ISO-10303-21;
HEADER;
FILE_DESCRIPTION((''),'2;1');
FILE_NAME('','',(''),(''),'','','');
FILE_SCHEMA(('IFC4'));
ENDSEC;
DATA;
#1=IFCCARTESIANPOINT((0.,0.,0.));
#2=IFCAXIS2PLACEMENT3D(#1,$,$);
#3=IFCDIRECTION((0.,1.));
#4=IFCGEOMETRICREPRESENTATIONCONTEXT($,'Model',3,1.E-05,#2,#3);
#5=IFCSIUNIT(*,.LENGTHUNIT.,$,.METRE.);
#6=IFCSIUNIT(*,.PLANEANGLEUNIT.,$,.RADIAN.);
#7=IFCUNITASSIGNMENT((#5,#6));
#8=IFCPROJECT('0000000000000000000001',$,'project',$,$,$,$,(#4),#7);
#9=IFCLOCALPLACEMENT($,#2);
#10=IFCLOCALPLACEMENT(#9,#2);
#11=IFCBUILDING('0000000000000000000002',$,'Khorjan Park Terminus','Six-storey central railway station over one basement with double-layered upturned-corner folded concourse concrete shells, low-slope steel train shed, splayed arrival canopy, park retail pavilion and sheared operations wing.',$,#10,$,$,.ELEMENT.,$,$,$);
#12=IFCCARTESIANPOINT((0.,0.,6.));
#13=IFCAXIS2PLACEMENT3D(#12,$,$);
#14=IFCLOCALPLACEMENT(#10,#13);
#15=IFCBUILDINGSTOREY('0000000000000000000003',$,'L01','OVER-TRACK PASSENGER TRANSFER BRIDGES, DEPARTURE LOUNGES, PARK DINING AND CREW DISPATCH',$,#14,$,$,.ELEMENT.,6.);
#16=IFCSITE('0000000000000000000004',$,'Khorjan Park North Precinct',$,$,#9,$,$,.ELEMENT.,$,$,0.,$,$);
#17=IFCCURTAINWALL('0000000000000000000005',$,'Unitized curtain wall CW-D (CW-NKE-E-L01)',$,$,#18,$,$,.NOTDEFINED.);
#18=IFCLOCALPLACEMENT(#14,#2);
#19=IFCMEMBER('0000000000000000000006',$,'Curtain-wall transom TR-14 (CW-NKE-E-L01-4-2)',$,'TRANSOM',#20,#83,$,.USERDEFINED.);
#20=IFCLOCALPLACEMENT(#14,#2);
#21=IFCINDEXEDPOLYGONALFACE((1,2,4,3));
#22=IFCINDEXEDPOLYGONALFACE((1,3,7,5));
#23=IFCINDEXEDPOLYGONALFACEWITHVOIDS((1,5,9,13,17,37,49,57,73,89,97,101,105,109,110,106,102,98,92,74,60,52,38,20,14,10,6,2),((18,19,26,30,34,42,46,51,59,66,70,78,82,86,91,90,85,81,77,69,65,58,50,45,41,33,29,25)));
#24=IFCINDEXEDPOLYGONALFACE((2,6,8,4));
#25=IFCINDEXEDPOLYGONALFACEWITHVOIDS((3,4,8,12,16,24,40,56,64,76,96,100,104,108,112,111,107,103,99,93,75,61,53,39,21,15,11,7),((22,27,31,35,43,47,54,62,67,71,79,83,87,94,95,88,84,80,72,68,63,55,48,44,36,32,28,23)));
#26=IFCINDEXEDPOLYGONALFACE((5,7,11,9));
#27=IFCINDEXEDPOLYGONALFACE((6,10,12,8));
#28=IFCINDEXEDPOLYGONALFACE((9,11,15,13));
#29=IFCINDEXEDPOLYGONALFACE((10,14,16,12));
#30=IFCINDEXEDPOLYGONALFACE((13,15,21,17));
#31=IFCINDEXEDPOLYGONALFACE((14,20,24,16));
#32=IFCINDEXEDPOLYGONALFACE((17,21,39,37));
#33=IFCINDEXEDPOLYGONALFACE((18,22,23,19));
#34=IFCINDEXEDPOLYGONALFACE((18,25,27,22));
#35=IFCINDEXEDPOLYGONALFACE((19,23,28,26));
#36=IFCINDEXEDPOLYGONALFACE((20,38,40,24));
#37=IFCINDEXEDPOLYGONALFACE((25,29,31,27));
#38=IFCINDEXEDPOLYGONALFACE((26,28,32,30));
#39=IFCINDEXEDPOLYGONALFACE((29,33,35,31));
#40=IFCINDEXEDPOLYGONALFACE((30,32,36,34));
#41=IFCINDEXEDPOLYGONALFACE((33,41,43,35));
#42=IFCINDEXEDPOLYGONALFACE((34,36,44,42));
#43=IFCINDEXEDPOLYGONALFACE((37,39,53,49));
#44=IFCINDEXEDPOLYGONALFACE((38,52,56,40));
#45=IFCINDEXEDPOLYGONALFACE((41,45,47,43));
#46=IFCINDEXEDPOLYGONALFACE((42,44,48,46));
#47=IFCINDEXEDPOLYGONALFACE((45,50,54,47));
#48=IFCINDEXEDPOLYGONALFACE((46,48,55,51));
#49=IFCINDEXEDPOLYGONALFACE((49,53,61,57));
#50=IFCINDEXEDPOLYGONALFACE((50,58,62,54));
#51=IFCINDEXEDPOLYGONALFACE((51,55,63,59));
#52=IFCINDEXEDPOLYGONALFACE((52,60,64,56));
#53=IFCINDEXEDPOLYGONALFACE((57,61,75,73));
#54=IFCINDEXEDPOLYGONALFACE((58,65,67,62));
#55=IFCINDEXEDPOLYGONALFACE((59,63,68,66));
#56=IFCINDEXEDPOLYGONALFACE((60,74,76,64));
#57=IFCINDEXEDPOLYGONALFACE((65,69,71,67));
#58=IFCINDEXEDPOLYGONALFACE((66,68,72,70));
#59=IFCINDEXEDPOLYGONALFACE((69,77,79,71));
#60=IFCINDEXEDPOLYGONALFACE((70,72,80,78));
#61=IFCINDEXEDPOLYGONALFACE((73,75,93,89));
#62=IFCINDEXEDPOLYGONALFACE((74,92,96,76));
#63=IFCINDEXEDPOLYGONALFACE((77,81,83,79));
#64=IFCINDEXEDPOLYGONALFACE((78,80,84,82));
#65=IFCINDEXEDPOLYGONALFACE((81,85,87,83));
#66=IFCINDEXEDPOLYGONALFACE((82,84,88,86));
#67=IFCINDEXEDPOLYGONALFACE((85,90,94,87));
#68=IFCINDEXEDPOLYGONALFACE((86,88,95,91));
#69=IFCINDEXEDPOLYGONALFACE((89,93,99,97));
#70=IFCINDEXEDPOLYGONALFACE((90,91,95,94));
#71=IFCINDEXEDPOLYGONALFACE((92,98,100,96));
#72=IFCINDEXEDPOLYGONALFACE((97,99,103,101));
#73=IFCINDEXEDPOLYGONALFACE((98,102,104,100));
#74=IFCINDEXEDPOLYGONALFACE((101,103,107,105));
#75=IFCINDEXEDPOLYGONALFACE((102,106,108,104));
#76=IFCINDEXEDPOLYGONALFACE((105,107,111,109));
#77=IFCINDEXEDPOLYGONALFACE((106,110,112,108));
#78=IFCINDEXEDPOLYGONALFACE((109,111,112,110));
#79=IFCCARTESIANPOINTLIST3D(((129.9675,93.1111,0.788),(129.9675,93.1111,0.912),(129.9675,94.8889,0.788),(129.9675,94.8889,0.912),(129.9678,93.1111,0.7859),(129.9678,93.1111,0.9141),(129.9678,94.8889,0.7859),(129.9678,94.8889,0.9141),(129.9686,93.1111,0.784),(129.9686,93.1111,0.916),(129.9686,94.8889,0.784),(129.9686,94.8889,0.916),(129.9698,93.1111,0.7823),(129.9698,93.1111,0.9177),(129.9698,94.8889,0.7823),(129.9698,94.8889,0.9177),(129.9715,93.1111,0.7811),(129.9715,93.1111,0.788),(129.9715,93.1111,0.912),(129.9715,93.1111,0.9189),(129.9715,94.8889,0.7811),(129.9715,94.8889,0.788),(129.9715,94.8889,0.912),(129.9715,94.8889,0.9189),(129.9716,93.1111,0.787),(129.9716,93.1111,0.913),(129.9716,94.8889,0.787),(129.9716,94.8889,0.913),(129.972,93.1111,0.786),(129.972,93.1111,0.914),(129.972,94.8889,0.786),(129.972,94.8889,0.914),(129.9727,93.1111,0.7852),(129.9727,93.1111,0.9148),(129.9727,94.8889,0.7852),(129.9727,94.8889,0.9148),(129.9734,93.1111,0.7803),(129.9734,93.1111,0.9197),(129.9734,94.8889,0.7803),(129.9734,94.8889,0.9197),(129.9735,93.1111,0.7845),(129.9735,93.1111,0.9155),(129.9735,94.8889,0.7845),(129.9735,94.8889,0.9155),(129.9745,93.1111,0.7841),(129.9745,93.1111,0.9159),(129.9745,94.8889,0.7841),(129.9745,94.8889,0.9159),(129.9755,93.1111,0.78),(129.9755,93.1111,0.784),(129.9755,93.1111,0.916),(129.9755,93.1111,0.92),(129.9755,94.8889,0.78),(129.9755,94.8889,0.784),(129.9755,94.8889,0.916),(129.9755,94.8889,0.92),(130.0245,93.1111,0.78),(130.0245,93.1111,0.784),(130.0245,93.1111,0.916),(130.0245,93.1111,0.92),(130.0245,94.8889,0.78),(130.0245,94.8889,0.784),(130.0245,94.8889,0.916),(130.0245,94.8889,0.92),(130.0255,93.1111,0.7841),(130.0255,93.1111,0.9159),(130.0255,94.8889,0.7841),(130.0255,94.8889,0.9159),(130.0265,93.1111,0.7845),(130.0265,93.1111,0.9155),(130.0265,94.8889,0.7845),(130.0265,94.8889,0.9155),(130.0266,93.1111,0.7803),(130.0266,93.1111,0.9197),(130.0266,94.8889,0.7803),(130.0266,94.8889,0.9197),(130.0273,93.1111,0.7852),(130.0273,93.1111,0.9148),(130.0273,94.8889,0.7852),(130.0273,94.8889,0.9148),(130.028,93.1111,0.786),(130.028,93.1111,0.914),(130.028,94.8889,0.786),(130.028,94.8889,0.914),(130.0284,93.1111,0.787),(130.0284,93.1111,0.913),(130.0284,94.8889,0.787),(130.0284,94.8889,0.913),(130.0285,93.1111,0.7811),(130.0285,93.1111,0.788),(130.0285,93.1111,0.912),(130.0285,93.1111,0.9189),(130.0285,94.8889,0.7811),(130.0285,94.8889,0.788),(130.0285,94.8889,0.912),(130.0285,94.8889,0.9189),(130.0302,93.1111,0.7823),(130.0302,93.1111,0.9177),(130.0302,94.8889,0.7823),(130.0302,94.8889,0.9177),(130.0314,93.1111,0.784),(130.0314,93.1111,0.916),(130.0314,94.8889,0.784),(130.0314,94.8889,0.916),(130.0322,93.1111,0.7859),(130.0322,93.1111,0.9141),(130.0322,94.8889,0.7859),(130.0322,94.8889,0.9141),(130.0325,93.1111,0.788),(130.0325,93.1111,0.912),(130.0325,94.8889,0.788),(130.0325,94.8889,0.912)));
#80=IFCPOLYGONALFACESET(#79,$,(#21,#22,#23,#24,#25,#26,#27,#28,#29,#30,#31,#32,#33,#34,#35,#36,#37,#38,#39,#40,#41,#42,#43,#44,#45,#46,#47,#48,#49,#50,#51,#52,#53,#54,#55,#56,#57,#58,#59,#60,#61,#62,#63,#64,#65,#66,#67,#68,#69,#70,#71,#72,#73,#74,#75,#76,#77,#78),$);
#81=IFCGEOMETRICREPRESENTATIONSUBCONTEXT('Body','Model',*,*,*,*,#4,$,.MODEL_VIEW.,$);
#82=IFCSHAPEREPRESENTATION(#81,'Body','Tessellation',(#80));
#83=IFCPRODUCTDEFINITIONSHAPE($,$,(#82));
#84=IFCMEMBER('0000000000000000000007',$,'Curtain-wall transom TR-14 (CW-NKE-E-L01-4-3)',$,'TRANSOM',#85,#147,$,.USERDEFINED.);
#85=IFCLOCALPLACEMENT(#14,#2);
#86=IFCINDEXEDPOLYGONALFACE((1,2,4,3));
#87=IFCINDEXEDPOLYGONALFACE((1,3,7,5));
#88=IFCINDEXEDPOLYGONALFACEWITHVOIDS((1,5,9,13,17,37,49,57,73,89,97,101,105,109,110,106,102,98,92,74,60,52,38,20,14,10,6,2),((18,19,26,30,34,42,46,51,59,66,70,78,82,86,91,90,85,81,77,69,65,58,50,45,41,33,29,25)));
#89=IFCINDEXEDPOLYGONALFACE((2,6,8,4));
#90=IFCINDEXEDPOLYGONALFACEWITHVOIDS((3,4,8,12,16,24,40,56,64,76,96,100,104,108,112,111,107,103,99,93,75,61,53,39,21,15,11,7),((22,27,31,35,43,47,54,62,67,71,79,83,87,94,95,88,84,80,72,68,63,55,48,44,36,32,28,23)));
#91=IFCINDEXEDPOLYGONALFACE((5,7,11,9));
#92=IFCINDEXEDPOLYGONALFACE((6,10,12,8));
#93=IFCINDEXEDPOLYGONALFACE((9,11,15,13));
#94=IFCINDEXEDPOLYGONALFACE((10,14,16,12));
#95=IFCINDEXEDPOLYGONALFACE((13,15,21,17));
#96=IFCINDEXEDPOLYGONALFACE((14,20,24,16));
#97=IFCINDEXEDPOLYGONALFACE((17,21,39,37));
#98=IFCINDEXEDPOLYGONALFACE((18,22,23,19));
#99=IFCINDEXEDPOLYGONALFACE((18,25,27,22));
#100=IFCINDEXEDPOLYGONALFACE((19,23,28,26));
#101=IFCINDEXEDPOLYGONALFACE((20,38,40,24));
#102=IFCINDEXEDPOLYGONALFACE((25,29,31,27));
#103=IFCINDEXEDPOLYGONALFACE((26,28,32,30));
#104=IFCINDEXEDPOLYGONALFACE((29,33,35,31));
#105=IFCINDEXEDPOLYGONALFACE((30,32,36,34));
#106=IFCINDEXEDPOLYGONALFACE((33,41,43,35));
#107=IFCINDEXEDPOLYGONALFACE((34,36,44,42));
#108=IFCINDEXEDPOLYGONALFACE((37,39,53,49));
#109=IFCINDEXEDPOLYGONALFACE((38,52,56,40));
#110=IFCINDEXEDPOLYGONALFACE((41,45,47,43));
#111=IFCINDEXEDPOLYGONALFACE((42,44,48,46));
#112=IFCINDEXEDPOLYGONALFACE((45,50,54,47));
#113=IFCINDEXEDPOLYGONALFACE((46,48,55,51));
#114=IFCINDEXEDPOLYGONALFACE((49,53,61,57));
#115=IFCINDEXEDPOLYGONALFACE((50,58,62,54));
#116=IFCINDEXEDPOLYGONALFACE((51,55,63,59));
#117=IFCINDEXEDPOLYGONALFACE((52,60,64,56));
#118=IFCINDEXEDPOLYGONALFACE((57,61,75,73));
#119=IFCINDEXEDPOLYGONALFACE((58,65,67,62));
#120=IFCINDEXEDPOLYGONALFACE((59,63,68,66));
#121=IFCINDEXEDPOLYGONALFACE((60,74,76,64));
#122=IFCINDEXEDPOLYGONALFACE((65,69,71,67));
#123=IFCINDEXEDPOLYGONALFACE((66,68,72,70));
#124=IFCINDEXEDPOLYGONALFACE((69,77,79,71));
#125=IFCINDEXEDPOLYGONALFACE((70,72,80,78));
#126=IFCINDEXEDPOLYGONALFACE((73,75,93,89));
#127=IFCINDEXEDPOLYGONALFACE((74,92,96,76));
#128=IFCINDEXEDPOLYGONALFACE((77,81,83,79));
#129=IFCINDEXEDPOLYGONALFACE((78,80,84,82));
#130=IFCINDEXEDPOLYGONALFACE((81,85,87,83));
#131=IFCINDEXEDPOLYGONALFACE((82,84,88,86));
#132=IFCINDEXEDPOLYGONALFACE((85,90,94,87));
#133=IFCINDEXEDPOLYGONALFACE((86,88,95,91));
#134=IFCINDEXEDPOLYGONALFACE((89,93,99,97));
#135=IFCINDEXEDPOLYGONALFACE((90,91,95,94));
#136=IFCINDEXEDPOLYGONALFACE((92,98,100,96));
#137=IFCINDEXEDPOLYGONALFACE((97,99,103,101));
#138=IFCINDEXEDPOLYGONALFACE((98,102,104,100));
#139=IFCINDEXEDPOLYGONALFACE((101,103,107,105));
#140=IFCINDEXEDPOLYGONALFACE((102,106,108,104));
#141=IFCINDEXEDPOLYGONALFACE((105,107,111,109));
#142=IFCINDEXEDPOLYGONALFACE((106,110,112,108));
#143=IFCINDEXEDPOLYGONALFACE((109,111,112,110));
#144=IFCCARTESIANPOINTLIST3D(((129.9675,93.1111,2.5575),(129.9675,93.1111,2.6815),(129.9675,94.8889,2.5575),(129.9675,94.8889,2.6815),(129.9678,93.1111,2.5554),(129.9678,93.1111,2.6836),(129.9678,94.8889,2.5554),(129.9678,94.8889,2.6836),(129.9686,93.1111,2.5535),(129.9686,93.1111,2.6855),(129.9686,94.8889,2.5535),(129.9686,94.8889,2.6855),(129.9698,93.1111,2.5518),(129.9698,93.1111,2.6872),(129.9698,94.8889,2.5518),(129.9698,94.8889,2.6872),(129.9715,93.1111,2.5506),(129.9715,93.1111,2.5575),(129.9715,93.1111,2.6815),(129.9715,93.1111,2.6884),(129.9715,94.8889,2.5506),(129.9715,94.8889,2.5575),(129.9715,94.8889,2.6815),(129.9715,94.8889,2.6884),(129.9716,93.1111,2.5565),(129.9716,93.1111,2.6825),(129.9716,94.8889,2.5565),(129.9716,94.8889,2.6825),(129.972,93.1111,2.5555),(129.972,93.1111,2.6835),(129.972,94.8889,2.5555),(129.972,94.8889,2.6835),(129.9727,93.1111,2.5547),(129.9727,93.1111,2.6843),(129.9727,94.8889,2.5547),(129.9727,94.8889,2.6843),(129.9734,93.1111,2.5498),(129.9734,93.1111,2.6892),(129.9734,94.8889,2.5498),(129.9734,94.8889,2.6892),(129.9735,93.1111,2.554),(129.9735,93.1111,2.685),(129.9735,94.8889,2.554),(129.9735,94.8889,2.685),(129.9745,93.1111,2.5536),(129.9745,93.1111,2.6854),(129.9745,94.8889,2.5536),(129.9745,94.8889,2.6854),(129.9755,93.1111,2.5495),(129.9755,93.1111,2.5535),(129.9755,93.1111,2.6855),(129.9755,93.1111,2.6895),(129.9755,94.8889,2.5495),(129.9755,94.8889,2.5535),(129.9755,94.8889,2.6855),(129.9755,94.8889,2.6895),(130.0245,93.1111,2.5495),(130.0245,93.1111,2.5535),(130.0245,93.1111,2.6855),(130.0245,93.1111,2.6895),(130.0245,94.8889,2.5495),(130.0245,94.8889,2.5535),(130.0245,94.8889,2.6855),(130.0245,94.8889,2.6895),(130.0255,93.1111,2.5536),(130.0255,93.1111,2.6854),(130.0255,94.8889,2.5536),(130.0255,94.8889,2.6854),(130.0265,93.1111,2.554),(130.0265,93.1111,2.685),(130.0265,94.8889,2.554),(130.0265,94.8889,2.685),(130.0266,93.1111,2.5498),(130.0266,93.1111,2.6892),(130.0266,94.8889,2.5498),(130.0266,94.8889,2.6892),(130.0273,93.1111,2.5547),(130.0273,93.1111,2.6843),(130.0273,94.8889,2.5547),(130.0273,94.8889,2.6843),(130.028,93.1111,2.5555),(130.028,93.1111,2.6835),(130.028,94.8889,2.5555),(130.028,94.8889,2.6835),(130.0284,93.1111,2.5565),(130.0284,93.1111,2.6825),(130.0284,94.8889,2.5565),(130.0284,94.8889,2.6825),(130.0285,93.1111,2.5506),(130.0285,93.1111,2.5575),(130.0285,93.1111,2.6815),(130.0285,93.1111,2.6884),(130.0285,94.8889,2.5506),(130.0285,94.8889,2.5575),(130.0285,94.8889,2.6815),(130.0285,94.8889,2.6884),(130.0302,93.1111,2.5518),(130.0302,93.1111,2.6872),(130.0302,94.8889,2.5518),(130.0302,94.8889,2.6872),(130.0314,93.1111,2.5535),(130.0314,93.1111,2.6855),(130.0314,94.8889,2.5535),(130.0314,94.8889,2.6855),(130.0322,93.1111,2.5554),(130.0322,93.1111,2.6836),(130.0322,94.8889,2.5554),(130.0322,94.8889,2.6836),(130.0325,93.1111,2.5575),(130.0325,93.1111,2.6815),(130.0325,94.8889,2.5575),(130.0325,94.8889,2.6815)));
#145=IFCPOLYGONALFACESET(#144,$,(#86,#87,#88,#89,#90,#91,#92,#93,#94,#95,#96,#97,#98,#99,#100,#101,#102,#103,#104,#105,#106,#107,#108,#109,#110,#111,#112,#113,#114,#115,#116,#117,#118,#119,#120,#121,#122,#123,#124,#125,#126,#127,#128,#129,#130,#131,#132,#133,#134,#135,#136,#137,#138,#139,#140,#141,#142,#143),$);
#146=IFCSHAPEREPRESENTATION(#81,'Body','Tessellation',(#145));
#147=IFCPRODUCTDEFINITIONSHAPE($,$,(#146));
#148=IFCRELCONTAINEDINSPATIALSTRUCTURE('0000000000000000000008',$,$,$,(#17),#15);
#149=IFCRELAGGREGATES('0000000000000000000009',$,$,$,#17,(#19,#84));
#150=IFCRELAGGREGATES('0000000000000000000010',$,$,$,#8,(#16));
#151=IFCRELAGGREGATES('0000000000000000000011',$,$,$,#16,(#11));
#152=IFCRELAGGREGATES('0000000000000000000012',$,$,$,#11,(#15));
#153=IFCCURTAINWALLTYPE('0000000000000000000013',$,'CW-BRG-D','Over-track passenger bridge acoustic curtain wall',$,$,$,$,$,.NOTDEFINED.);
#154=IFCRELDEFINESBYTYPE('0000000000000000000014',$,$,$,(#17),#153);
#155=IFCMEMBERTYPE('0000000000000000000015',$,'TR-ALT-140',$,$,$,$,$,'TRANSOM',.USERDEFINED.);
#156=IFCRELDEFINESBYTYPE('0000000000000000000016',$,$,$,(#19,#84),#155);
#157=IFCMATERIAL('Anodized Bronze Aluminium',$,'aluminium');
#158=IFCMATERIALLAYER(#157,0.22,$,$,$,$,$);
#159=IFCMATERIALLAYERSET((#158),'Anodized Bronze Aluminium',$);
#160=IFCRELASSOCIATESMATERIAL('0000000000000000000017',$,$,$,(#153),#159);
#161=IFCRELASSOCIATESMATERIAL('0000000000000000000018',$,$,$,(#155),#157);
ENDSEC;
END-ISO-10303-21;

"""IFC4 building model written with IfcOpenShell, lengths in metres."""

from ifc_helpers import new_model, si_unit, direction, frame, origin, origin_2d, place, context, subcontext, project, spatial, hollow_rectangle, extrude, material, layer, layer_set, material_profile, profile_set, type_object, element, aggregate, save


model = new_model("IFC4")

# Units and contexts
model_context = context("Model", 3, precision=1e-05, world=origin(), true_north=direction((0.0, 1.0)))
body_context = subcontext(model_context, "Body", "Model", "MODEL_VIEW")
ifc_project = project(units=[si_unit("LENGTHUNIT", "METRE"), si_unit("PLANEANGLEUNIT", "RADIAN")], contexts=[model_context])

# Site, building, storey
site_placement = place(None, origin())
site = spatial("IfcSite", under=ifc_project, at=site_placement, Name="Khorjan Park North Precinct", CompositionType="ELEMENT", RefElevation=0.0)
building_placement = place(site_placement, origin())
building = spatial("IfcBuilding", under=site, at=building_placement, Name="Khorjan Park Terminus", Description="Six-storey central railway station over one basement with double-layered upturned-corner folded concourse concrete shells, low-slope steel train shed, splayed arrival canopy, park retail pavilion and sheared operations wing.", CompositionType="ELEMENT")
storey_placement = place(building_placement, frame((0.0, 0.0, 6.0)))
storey = spatial("IfcBuildingStorey", under=building, at=storey_placement, Name="L01", Description="OVER-TRACK PASSENGER TRANSFER BRIDGES, DEPARTURE LOUNGES, PARK DINING AND CREW DISPATCH", CompositionType="ELEMENT", Elevation=6.0)

# Curtain wall, members
ifc_material_1 = material(Name="Anodized Bronze Aluminium", Category="aluminium")
ifc_layer_1 = layer(ifc_material_1, 0.22)
ifc_layer_set_1 = layer_set([ifc_layer_1], Name="Anodized Bronze Aluminium")
curtain_wall_type = type_object("IfcCurtainWallType", Name="CW-BRG-D", Description="Over-track passenger bridge acoustic curtain wall", PredefinedType="NOTDEFINED", material=ifc_layer_set_1)
curtain_wall_placement = place(storey_placement, origin())
curtain_wall = element("IfcCurtainWall", 1, at=curtain_wall_placement, inside=storey, type_object=curtain_wall_type, Name="Unitized curtain wall CW-D (CW-NKE-E-L01)", PredefinedType="NOTDEFINED")
ifc_material_profile_1 = material_profile(ifc_material_1, hollow_rectangle(XDim=0.065, YDim=0.14, WallThickness=0.004, InnerFilletRadius=0.004, OuterFilletRadius=0.008, at=origin_2d()), Name="ALT 65x140x4")
ifc_profile_set_1 = profile_set([ifc_material_profile_1], Name="Anodized Bronze Aluminium")
member_type_1 = type_object("IfcMemberType", Name="TR-ALT-140", ElementType="TRANSOM", PredefinedType="USERDEFINED", material=ifc_profile_set_1)
member_1_placement = place(storey_placement, frame((130.0, 93.1111, 0.85), z_axis=(0.0, 1.0, 0.0), x_axis=(-1.0, 0.0, 0.0)))
member_1 = element("IfcMember", 2, at=member_1_placement, type_object=member_type_1, Name="Curtain-wall transom TR-14 (CW-NKE-E-L01-4-2)", ObjectType="TRANSOM", PredefinedType="USERDEFINED", context=body_context, shape_type="SweptSolid", body=[
    extrude(hollow_rectangle(XDim=0.065, YDim=0.14, WallThickness=0.004, InnerFilletRadius=0.004, OuterFilletRadius=0.008, at=origin_2d()), origin(), (0.0, 0.0, 1.0), 1.7778),
])
member_2_placement = place(storey_placement, frame((130.0, 93.1111, 2.6195), z_axis=(0.0, 1.0, 0.0), x_axis=(-1.0, 0.0, 0.0)))
member_2 = element("IfcMember", 3, at=member_2_placement, type_object=member_type_1, Name="Curtain-wall transom TR-14 (CW-NKE-E-L01-4-3)", ObjectType="TRANSOM", PredefinedType="USERDEFINED", context=body_context, shape_type="SweptSolid", body=[
    extrude(hollow_rectangle(XDim=0.065, YDim=0.14, WallThickness=0.004, InnerFilletRadius=0.004, OuterFilletRadius=0.008, at=origin_2d()), origin(), (0.0, 0.0, 1.0), 1.7778),
])
aggregate(curtain_wall, [member_1, member_2])

save(model, "model.ifc")
